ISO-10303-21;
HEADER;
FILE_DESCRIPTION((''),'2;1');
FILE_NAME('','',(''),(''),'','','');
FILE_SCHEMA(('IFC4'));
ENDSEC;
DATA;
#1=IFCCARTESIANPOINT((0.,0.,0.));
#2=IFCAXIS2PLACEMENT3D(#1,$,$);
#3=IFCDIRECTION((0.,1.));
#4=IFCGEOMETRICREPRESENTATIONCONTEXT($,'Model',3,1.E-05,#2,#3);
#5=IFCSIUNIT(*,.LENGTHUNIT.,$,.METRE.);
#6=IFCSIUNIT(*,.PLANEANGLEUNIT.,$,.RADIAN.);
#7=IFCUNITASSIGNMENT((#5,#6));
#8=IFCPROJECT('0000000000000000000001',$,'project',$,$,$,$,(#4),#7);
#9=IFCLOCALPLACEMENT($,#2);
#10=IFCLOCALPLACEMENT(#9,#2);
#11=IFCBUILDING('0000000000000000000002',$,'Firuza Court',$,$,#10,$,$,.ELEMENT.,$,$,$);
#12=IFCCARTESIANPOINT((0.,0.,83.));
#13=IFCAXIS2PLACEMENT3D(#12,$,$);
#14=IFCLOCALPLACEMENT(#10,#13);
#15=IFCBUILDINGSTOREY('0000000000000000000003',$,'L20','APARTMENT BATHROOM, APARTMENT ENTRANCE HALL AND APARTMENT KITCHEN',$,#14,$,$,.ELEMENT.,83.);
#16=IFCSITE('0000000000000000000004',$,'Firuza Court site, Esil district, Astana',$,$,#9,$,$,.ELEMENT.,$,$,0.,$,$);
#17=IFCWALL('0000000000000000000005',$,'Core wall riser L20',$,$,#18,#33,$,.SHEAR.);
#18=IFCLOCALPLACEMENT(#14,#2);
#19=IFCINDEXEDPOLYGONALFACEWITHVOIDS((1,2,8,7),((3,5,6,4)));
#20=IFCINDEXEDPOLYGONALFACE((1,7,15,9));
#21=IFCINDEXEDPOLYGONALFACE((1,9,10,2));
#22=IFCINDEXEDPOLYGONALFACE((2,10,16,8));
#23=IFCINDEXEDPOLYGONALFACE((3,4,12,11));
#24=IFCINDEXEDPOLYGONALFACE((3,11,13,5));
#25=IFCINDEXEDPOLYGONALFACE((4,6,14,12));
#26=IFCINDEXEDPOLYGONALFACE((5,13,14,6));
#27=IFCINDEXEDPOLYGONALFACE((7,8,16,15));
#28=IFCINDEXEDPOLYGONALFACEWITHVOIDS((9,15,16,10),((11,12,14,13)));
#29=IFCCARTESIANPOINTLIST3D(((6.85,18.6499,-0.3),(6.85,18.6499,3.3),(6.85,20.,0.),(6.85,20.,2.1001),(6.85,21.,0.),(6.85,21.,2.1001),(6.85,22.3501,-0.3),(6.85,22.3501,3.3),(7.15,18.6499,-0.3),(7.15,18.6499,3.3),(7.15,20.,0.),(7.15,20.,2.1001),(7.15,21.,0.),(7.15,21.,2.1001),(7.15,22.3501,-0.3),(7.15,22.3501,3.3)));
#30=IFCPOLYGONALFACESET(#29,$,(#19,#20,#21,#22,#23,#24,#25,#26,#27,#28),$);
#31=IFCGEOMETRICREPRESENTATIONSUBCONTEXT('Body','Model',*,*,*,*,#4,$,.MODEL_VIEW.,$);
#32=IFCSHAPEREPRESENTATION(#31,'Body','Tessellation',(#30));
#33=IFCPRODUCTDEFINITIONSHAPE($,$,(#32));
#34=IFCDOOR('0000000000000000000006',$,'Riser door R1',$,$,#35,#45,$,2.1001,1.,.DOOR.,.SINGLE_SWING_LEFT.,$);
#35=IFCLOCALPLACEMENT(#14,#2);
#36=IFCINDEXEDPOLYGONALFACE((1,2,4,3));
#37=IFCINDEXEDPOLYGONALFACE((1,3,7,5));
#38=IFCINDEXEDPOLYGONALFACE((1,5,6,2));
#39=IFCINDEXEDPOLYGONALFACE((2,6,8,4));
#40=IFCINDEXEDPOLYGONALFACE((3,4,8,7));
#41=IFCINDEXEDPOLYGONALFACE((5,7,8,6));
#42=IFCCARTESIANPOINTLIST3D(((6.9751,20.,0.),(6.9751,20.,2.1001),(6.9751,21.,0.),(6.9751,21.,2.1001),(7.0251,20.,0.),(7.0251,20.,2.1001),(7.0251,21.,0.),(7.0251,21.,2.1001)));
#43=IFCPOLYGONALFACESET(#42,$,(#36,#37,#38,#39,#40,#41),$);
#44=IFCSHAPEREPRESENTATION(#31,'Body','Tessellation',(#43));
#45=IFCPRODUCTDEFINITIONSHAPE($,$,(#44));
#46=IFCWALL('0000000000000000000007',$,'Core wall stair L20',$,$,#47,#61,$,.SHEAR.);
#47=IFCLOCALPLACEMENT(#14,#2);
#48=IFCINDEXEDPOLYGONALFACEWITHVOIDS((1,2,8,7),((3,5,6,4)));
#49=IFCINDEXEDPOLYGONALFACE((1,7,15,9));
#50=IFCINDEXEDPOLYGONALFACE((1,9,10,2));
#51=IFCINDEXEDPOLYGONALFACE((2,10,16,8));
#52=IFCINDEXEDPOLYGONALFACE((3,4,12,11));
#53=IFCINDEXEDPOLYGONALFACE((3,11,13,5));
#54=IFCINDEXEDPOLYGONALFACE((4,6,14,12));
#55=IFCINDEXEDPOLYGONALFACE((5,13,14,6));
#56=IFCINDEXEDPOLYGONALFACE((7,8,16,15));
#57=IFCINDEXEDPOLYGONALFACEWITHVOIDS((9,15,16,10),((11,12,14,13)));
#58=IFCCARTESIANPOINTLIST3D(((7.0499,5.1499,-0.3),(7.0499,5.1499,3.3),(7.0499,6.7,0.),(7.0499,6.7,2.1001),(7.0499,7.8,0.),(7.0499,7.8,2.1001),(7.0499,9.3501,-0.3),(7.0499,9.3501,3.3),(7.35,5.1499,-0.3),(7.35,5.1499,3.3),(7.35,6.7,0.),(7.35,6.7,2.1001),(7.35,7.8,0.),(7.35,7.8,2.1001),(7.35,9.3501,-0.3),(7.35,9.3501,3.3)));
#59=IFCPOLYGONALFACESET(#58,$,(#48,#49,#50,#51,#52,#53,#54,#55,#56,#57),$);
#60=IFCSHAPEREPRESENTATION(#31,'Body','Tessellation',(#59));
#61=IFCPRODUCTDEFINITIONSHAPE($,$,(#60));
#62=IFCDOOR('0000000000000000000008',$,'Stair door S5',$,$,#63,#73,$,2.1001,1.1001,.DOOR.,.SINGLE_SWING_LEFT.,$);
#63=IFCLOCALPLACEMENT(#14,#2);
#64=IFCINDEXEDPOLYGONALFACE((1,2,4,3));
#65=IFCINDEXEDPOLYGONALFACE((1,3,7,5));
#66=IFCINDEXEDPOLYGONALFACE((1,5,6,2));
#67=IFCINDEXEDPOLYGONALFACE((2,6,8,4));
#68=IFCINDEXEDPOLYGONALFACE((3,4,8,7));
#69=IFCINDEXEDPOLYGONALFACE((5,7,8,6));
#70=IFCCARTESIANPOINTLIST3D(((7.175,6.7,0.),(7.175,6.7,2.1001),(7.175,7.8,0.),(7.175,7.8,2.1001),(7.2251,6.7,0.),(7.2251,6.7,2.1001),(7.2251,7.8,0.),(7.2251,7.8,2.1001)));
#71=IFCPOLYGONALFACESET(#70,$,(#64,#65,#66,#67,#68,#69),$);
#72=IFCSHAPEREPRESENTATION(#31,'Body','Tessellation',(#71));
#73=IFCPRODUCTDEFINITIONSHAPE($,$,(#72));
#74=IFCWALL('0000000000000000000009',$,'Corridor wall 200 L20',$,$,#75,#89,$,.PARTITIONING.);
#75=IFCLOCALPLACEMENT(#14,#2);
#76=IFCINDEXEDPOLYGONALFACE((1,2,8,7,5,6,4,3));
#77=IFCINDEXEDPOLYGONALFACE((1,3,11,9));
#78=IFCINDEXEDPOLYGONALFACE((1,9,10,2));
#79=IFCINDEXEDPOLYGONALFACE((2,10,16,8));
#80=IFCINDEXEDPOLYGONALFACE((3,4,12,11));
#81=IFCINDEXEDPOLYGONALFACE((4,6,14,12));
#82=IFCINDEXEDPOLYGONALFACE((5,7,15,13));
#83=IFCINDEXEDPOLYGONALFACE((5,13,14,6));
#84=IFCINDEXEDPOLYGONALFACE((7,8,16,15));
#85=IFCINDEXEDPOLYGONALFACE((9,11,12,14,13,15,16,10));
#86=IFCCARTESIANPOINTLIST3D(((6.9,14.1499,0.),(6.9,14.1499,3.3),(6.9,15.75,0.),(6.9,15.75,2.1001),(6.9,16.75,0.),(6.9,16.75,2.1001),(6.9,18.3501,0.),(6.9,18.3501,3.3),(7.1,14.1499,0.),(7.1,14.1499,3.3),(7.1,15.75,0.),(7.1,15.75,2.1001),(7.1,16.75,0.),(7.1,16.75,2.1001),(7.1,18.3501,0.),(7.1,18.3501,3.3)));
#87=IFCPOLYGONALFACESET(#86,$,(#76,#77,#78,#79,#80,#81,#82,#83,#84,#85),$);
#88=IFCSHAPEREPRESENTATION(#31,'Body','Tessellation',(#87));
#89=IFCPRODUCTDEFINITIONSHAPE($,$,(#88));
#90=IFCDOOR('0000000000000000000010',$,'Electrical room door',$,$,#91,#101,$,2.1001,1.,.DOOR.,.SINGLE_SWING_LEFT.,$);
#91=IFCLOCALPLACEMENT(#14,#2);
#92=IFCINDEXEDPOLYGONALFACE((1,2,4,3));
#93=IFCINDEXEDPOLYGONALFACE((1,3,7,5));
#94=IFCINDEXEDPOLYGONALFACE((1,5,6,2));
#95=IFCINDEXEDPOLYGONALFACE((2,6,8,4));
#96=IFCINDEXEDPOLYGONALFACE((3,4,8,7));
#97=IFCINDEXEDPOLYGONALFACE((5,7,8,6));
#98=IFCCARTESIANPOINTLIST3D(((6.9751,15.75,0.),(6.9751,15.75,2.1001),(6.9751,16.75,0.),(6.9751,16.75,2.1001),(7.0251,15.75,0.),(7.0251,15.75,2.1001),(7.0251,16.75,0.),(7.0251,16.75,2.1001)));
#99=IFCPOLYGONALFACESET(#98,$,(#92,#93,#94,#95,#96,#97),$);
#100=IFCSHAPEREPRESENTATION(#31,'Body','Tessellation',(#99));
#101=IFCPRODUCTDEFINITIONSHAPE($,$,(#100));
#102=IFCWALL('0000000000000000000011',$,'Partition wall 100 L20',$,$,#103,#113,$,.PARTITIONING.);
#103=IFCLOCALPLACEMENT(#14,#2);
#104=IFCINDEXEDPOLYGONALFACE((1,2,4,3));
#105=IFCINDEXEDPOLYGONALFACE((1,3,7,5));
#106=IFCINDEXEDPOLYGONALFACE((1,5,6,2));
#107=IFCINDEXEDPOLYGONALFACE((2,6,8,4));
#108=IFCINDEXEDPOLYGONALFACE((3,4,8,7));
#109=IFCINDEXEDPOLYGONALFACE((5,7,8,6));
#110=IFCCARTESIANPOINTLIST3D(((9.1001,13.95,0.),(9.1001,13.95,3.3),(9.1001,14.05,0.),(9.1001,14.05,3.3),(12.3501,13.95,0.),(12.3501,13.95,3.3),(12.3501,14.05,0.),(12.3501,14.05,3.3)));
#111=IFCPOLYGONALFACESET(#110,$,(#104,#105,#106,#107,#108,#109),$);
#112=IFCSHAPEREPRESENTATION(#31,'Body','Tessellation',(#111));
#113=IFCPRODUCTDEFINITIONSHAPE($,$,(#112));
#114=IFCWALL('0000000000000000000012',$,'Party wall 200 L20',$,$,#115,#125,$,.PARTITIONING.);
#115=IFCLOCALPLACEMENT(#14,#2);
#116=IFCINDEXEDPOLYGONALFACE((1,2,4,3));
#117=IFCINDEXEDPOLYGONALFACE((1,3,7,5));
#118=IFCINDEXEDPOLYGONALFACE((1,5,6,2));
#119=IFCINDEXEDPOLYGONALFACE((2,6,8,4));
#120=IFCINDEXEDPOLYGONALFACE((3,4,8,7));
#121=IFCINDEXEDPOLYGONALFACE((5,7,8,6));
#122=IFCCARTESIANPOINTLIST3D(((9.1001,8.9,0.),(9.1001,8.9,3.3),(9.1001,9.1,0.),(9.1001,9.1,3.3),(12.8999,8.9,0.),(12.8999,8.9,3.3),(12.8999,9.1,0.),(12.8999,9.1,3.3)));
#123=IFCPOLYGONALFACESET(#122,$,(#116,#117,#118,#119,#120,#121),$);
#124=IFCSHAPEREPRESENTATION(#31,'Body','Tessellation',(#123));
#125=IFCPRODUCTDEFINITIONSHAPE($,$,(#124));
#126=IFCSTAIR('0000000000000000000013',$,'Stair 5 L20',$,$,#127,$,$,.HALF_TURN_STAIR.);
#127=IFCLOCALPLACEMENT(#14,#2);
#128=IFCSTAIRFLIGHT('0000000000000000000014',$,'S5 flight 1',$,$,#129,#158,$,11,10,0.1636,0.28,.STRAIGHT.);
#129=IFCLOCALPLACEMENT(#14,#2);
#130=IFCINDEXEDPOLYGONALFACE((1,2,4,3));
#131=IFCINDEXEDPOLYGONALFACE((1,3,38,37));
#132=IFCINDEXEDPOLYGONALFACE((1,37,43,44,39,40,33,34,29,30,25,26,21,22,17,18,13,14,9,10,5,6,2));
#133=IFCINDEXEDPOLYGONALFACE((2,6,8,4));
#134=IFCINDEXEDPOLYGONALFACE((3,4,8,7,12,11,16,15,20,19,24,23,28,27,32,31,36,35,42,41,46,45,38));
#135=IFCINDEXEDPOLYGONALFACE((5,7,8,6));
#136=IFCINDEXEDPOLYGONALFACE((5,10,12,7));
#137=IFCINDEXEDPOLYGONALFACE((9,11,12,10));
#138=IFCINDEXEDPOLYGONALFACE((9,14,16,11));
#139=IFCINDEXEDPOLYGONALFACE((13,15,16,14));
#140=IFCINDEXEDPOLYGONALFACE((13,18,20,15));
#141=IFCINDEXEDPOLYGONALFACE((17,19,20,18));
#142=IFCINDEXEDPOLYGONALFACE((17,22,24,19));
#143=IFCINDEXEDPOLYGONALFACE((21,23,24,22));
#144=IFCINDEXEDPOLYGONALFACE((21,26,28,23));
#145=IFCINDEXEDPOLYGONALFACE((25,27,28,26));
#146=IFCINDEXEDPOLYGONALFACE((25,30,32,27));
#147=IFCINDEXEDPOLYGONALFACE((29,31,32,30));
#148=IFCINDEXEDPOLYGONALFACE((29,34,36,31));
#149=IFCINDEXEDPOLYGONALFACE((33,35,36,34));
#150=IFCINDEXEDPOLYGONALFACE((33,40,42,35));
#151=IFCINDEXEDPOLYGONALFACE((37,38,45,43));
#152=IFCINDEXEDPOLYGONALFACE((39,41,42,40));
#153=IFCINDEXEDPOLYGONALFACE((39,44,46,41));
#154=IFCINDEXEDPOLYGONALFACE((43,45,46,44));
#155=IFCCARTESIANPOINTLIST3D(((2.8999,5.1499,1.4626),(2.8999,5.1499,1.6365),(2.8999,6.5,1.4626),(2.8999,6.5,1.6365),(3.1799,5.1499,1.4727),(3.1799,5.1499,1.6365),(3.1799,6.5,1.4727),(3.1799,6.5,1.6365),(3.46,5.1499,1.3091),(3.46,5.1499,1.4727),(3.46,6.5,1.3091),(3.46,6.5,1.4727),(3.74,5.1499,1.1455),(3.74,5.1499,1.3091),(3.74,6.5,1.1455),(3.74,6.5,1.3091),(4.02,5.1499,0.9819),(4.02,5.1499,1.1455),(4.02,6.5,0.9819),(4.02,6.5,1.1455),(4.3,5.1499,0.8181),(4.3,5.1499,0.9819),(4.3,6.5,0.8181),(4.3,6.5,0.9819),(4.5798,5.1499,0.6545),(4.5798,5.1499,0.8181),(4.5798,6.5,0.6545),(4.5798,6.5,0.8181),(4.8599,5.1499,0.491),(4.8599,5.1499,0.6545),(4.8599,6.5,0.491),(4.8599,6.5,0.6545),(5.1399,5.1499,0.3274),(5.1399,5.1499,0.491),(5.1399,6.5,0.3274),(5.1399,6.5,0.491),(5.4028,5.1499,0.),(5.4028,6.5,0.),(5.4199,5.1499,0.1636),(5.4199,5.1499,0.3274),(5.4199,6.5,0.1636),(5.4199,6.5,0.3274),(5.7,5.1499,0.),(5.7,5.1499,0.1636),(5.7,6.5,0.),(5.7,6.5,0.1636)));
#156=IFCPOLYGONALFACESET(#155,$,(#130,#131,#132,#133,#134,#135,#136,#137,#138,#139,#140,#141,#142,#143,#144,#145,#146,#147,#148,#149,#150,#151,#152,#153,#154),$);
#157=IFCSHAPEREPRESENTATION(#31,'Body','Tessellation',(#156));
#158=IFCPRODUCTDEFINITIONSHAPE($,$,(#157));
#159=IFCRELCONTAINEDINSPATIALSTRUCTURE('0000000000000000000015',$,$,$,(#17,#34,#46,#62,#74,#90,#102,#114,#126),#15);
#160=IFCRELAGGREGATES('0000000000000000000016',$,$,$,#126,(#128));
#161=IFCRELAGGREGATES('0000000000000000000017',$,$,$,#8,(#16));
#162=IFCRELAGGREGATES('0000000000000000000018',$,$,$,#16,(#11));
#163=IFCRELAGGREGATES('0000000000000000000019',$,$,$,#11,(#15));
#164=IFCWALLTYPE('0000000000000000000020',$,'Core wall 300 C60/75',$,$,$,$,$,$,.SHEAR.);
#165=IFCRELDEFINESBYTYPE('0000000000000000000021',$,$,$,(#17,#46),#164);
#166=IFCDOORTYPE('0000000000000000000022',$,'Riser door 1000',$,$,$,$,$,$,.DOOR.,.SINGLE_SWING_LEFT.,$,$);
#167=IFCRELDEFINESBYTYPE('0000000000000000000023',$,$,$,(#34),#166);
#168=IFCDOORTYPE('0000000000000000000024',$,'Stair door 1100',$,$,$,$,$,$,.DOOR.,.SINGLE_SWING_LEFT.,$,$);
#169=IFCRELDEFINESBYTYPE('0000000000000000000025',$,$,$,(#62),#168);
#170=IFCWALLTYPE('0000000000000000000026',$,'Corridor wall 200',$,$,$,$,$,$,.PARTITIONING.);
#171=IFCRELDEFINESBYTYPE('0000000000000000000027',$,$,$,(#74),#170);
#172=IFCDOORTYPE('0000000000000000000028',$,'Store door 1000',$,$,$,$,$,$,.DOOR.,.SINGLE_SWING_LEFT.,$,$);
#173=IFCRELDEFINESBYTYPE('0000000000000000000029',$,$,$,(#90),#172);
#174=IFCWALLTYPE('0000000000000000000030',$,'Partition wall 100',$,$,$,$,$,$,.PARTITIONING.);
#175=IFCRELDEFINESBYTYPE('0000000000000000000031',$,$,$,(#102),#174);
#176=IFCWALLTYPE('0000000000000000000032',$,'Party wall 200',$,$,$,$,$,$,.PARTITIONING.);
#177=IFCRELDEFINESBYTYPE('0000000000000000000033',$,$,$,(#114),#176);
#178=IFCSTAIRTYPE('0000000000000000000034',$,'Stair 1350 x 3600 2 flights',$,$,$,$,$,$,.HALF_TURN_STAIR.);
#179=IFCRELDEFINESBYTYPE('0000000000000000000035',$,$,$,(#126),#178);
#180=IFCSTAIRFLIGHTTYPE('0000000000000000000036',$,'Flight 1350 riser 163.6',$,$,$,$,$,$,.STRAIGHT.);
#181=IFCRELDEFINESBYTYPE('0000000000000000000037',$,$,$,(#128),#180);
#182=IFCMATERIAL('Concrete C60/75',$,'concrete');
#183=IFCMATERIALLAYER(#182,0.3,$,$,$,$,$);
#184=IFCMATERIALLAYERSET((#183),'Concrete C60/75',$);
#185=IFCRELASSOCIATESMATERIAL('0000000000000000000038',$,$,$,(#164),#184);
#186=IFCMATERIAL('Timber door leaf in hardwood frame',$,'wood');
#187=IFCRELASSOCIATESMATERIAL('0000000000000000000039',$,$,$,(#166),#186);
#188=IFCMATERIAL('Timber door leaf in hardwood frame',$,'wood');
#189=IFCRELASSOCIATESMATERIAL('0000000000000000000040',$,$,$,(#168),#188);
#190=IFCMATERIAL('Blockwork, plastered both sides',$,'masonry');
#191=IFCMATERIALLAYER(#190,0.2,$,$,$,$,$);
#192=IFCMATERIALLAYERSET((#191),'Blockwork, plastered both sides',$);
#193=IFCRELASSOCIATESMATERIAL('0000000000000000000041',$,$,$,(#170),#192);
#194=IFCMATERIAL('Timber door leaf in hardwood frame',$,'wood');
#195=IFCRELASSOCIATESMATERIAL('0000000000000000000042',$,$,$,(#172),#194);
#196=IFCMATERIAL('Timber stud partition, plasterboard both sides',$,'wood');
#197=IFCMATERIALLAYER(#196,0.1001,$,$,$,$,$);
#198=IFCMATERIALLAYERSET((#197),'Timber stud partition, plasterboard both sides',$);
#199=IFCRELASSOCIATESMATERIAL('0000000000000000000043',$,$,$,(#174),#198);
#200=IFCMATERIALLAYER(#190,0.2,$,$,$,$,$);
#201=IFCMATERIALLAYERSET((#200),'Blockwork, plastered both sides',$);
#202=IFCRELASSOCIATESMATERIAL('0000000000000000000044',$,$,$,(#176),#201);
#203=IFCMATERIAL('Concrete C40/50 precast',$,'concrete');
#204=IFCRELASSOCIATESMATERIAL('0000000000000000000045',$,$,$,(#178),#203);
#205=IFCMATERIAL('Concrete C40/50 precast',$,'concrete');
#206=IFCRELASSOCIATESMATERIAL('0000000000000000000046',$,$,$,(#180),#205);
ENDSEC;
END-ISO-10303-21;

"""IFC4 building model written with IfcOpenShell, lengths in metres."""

from ifc_helpers import new_model, si_unit, direction, frame, frame_2d, origin, place, context, subcontext, project, spatial, polyline, rectangle, outline, extrude, material, layer, layer_set, type_object, element, fill, aggregate, save


model = new_model("IFC4")

# Units and contexts
model_context = context("Model", 3, precision=1e-05, world=origin(), true_north=direction((0.0, 1.0)))
body_context = subcontext(model_context, "Body", "Model", "MODEL_VIEW")
ifc_project = project(units=[si_unit("LENGTHUNIT", "METRE"), si_unit("PLANEANGLEUNIT", "RADIAN")], contexts=[model_context])

# Site, building, storey
site_placement = place(None, origin())
site = spatial("IfcSite", under=ifc_project, at=site_placement, Name="Firuza Court site, Esil district, Astana", CompositionType="ELEMENT", RefElevation=0.0)
building_placement = place(site_placement, origin())
building = spatial("IfcBuilding", under=site, at=building_placement, Name="Firuza Court", CompositionType="ELEMENT")
storey_placement = place(building_placement, frame((0.0, 0.0, 83.0)))
storey = spatial("IfcBuildingStorey", under=building, at=storey_placement, Name="L20", Description="APARTMENT BATHROOM, APARTMENT ENTRANCE HALL AND APARTMENT KITCHEN", CompositionType="ELEMENT", Elevation=83.0)

# Shared definitions
ifc_material_1 = material(Name="Concrete C60/75", Category="concrete")
ifc_layer_1 = layer(ifc_material_1, 0.3)
ifc_layer_set_1 = layer_set([ifc_layer_1], Name="Concrete C60/75")
wall_type_1 = type_object("IfcWallType", Name="Core wall 300 C60/75", PredefinedType="SHEAR", material=ifc_layer_set_1)

# Walls, openings, doors
ifc_material_2 = material(Name="Timber door leaf in hardwood frame", Category="wood")
door_type_1 = type_object("IfcDoorType", Name="Riser door 1000", OperationType="SINGLE_SWING_LEFT", PredefinedType="DOOR", material=ifc_material_2)
wall_1_placement = place(storey_placement, frame((7.0, 18.6499, -0.3), z_axis=(0.0, 0.0, 1.0), x_axis=(0.0, 1.0, 0.0)))
wall_1 = element("IfcWall", 1, at=wall_1_placement, inside=storey, type_object=wall_type_1, Name="Core wall riser L20", PredefinedType="SHEAR", context=body_context, shape_type="SweptSolid", body=[
    extrude(rectangle(XDim=3.7002, YDim=0.3, at=frame_2d((1.8501, 0.0))), origin(), (0.0, 0.0, 1.0), 3.6001),
])
opening_1_placement = place(wall_1_placement, frame((1.3501, 0.0, 0.3)))
opening_1 = element("IfcOpeningElement", 2, at=opening_1_placement, cuts=wall_1, PredefinedType="OPENING", context=body_context, shape_type="SweptSolid", body=[
    extrude(rectangle(XDim=1.0, YDim=2.1001, at=frame_2d((0.5, 1.05))), frame((0.0, 0.1621, 0.0), z_axis=(0.0, -1.0, 0.0), x_axis=(1.0, 0.0, 0.0)), (0.0, 0.0, 1.0), 0.324),
])
door_1_placement = place(opening_1_placement, origin())
door_1 = element("IfcDoor", 3, at=door_1_placement, inside=storey, type_object=door_type_1, Name="Riser door R1", OperationType="SINGLE_SWING_LEFT", OverallHeight=2.1001, OverallWidth=1.0, PredefinedType="DOOR", context=body_context, shape_type="SweptSolid", body=[
    extrude(rectangle(XDim=1.0, YDim=2.1001, at=frame_2d((0.5, 1.05))), frame((0.0, 0.0249, 0.0), z_axis=(0.0, -1.0, 0.0), x_axis=(1.0, 0.0, 0.0)), (0.0, 0.0, 1.0), 0.05),
])
fill(opening_1, door_1)
wall_2_placement = place(storey_placement, frame((7.2, 5.1499, -0.3), z_axis=(0.0, 0.0, 1.0), x_axis=(0.0, 1.0, 0.0)))
wall_2 = element("IfcWall", 4, at=wall_2_placement, inside=storey, type_object=wall_type_1, Name="Core wall stair L20", PredefinedType="SHEAR", context=body_context, shape_type="SweptSolid", body=[
    extrude(rectangle(XDim=4.2002, YDim=0.3, at=frame_2d((2.1001, 0.0))), origin(), (0.0, 0.0, 1.0), 3.6001),
])
opening_2_placement = place(wall_2_placement, frame((1.55, 0.0, 0.3)))
opening_2 = element("IfcOpeningElement", 5, at=opening_2_placement, cuts=wall_2, PredefinedType="OPENING", context=body_context, shape_type="SweptSolid", body=[
    extrude(rectangle(XDim=1.1001, YDim=2.1001, at=frame_2d((0.55, 1.05))), frame((0.0, 0.1621, 0.0), z_axis=(0.0, -1.0, 0.0), x_axis=(1.0, 0.0, 0.0)), (0.0, 0.0, 1.0), 0.324),
])
ifc_material_3 = material(Name="Timber door leaf in hardwood frame", Category="wood")
door_type_2 = type_object("IfcDoorType", Name="Stair door 1100", OperationType="SINGLE_SWING_LEFT", PredefinedType="DOOR", material=ifc_material_3)
door_2_placement = place(opening_2_placement, origin())
door_2 = element("IfcDoor", 6, at=door_2_placement, inside=storey, type_object=door_type_2, Name="Stair door S5", OperationType="SINGLE_SWING_LEFT", OverallHeight=2.1001, OverallWidth=1.1001, PredefinedType="DOOR", context=body_context, shape_type="SweptSolid", body=[
    extrude(rectangle(XDim=1.1001, YDim=2.1001, at=frame_2d((0.55, 1.05))), frame((0.0, 0.0249, 0.0), z_axis=(0.0, -1.0, 0.0), x_axis=(1.0, 0.0, 0.0)), (0.0, 0.0, 1.0), 0.05),
])
fill(opening_2, door_2)
ifc_material_4 = material(Name="Blockwork, plastered both sides", Category="masonry")
ifc_layer_2 = layer(ifc_material_4, 0.2)
ifc_layer_set_2 = layer_set([ifc_layer_2], Name="Blockwork, plastered both sides")
wall_type_2 = type_object("IfcWallType", Name="Corridor wall 200", PredefinedType="PARTITIONING", material=ifc_layer_set_2)
wall_3_placement = place(storey_placement, frame((7.0, 14.1499, 0.0), z_axis=(0.0, 0.0, 1.0), x_axis=(0.0, 1.0, 0.0)))
wall_3 = element("IfcWall", 7, at=wall_3_placement, inside=storey, type_object=wall_type_2, Name="Corridor wall 200 L20", PredefinedType="PARTITIONING", context=body_context, shape_type="SweptSolid", body=[
    extrude(rectangle(XDim=4.2002, YDim=0.2, at=frame_2d((2.1001, 0.0))), origin(), (0.0, 0.0, 1.0), 3.3),
])
opening_3_placement = place(wall_3_placement, frame((1.6001, 0.0, 0.0)))
opening_3 = element("IfcOpeningElement", 8, at=opening_3_placement, cuts=wall_3, PredefinedType="OPENING", context=body_context, shape_type="SweptSolid", body=[
    extrude(rectangle(XDim=1.0, YDim=2.1001, at=frame_2d((0.5, 1.05))), frame((0.0, 0.1118, 0.0), z_axis=(0.0, -1.0, 0.0), x_axis=(1.0, 0.0, 0.0)), (0.0, 0.0, 1.0), 0.2239),
])
ifc_material_5 = material(Name="Timber door leaf in hardwood frame", Category="wood")
door_type_3 = type_object("IfcDoorType", Name="Store door 1000", OperationType="SINGLE_SWING_LEFT", PredefinedType="DOOR", material=ifc_material_5)
door_3_placement = place(opening_3_placement, origin())
door_3 = element("IfcDoor", 9, at=door_3_placement, inside=storey, type_object=door_type_3, Name="Electrical room door", OperationType="SINGLE_SWING_LEFT", OverallHeight=2.1001, OverallWidth=1.0, PredefinedType="DOOR", context=body_context, shape_type="SweptSolid", body=[
    extrude(rectangle(XDim=1.0, YDim=2.1001, at=frame_2d((0.5, 1.05))), frame((0.0, 0.0249, 0.0), z_axis=(0.0, -1.0, 0.0), x_axis=(1.0, 0.0, 0.0)), (0.0, 0.0, 1.0), 0.05),
])
fill(opening_3, door_3)

# Walls
ifc_material_6 = material(Name="Timber stud partition, plasterboard both sides", Category="wood")
ifc_layer_3 = layer(ifc_material_6, 0.1001)
ifc_layer_set_3 = layer_set([ifc_layer_3], Name="Timber stud partition, plasterboard both sides")
wall_type_3 = type_object("IfcWallType", Name="Partition wall 100", PredefinedType="PARTITIONING", material=ifc_layer_set_3)
wall_4_placement = place(storey_placement, frame((9.1001, 14.0, 0.0), z_axis=(0.0, 0.0, 1.0), x_axis=(1.0, 0.0, 0.0)))
element("IfcWall", 10, at=wall_4_placement, inside=storey, type_object=wall_type_3, Name="Partition wall 100 L20", PredefinedType="PARTITIONING", context=body_context, shape_type="SweptSolid", body=[
    extrude(rectangle(XDim=3.25, YDim=0.1001, at=frame_2d((1.625, 0.0))), origin(), (0.0, 0.0, 1.0), 3.3),
])
ifc_layer_4 = layer(ifc_material_4, 0.2)
ifc_layer_set_4 = layer_set([ifc_layer_4], Name="Blockwork, plastered both sides")
wall_type_4 = type_object("IfcWallType", Name="Party wall 200", PredefinedType="PARTITIONING", material=ifc_layer_set_4)
wall_5_placement = place(storey_placement, frame((9.1001, 9.0, 0.0), z_axis=(0.0, 0.0, 1.0), x_axis=(1.0, 0.0, 0.0)))
element("IfcWall", 11, at=wall_5_placement, inside=storey, type_object=wall_type_4, Name="Party wall 200 L20", PredefinedType="PARTITIONING", context=body_context, shape_type="SweptSolid", body=[
    extrude(rectangle(XDim=3.7998, YDim=0.2, at=frame_2d((1.8999, 0.0))), origin(), (0.0, 0.0, 1.0), 3.3),
])

# Stair, stair flight
ifc_material_7 = material(Name="Concrete C40/50 precast", Category="concrete")
stair_type = type_object("IfcStairType", Name="Stair 1350 x 3600 2 flights", PredefinedType="HALF_TURN_STAIR", material=ifc_material_7)
stair_placement = place(storey_placement, origin())
stair = element("IfcStair", 12, at=stair_placement, inside=storey, type_object=stair_type, Name="Stair 5 L20", PredefinedType="HALF_TURN_STAIR")
ifc_material_8 = material(Name="Concrete C40/50 precast", Category="concrete")
stair_flight_type = type_object("IfcStairFlightType", Name="Flight 1350 riser 163.6", PredefinedType="STRAIGHT", material=ifc_material_8)
stair_flight_1_placement = place(storey_placement, frame((5.7, 5.825, 0.0), z_axis=(0.0, 0.0, 1.0), x_axis=(-1.0, 0.0, 0.0)))
stair_flight_1 = element("IfcStairFlight", 13, at=stair_flight_1_placement, type_object=stair_flight_type, Name="S5 flight 1", NumberOfRisers=11, NumberOfTreads=10, PredefinedType="STRAIGHT", RiserHeight=0.1636, TreadLength=0.28, context=body_context, shape_type="SweptSolid", body=[
    extrude(outline(polyline([(0.0, 0.0), (0.0, 0.1636), (0.28, 0.1636), (0.28, 0.3274), (0.5601, 0.3274), (0.5601, 0.491), (0.8401, 0.491), (0.8401, 0.6545), (1.1201, 0.6545), (1.1201, 0.8181), (1.3999, 0.8181), (1.3999, 0.9819), (1.6799, 0.9819), (1.6799, 1.1455), (1.96, 1.1455), (1.96, 1.3091), (2.24, 1.3091), (2.24, 1.4727), (2.52, 1.4727), (2.52, 1.6365), (2.8, 1.6365), (2.8, 1.8), (2.8, 1.4626), (0.2971, 0.0), (0.0, 0.0)])), frame((0.0, 0.675, 0.0), z_axis=(0.0, -1.0, 0.0), x_axis=(1.0, 0.0, 0.0)), (0.0, 0.0, 1.0), 1.3501),
])
aggregate(stair, [stair_flight_1])

save(model, "model.ifc")
